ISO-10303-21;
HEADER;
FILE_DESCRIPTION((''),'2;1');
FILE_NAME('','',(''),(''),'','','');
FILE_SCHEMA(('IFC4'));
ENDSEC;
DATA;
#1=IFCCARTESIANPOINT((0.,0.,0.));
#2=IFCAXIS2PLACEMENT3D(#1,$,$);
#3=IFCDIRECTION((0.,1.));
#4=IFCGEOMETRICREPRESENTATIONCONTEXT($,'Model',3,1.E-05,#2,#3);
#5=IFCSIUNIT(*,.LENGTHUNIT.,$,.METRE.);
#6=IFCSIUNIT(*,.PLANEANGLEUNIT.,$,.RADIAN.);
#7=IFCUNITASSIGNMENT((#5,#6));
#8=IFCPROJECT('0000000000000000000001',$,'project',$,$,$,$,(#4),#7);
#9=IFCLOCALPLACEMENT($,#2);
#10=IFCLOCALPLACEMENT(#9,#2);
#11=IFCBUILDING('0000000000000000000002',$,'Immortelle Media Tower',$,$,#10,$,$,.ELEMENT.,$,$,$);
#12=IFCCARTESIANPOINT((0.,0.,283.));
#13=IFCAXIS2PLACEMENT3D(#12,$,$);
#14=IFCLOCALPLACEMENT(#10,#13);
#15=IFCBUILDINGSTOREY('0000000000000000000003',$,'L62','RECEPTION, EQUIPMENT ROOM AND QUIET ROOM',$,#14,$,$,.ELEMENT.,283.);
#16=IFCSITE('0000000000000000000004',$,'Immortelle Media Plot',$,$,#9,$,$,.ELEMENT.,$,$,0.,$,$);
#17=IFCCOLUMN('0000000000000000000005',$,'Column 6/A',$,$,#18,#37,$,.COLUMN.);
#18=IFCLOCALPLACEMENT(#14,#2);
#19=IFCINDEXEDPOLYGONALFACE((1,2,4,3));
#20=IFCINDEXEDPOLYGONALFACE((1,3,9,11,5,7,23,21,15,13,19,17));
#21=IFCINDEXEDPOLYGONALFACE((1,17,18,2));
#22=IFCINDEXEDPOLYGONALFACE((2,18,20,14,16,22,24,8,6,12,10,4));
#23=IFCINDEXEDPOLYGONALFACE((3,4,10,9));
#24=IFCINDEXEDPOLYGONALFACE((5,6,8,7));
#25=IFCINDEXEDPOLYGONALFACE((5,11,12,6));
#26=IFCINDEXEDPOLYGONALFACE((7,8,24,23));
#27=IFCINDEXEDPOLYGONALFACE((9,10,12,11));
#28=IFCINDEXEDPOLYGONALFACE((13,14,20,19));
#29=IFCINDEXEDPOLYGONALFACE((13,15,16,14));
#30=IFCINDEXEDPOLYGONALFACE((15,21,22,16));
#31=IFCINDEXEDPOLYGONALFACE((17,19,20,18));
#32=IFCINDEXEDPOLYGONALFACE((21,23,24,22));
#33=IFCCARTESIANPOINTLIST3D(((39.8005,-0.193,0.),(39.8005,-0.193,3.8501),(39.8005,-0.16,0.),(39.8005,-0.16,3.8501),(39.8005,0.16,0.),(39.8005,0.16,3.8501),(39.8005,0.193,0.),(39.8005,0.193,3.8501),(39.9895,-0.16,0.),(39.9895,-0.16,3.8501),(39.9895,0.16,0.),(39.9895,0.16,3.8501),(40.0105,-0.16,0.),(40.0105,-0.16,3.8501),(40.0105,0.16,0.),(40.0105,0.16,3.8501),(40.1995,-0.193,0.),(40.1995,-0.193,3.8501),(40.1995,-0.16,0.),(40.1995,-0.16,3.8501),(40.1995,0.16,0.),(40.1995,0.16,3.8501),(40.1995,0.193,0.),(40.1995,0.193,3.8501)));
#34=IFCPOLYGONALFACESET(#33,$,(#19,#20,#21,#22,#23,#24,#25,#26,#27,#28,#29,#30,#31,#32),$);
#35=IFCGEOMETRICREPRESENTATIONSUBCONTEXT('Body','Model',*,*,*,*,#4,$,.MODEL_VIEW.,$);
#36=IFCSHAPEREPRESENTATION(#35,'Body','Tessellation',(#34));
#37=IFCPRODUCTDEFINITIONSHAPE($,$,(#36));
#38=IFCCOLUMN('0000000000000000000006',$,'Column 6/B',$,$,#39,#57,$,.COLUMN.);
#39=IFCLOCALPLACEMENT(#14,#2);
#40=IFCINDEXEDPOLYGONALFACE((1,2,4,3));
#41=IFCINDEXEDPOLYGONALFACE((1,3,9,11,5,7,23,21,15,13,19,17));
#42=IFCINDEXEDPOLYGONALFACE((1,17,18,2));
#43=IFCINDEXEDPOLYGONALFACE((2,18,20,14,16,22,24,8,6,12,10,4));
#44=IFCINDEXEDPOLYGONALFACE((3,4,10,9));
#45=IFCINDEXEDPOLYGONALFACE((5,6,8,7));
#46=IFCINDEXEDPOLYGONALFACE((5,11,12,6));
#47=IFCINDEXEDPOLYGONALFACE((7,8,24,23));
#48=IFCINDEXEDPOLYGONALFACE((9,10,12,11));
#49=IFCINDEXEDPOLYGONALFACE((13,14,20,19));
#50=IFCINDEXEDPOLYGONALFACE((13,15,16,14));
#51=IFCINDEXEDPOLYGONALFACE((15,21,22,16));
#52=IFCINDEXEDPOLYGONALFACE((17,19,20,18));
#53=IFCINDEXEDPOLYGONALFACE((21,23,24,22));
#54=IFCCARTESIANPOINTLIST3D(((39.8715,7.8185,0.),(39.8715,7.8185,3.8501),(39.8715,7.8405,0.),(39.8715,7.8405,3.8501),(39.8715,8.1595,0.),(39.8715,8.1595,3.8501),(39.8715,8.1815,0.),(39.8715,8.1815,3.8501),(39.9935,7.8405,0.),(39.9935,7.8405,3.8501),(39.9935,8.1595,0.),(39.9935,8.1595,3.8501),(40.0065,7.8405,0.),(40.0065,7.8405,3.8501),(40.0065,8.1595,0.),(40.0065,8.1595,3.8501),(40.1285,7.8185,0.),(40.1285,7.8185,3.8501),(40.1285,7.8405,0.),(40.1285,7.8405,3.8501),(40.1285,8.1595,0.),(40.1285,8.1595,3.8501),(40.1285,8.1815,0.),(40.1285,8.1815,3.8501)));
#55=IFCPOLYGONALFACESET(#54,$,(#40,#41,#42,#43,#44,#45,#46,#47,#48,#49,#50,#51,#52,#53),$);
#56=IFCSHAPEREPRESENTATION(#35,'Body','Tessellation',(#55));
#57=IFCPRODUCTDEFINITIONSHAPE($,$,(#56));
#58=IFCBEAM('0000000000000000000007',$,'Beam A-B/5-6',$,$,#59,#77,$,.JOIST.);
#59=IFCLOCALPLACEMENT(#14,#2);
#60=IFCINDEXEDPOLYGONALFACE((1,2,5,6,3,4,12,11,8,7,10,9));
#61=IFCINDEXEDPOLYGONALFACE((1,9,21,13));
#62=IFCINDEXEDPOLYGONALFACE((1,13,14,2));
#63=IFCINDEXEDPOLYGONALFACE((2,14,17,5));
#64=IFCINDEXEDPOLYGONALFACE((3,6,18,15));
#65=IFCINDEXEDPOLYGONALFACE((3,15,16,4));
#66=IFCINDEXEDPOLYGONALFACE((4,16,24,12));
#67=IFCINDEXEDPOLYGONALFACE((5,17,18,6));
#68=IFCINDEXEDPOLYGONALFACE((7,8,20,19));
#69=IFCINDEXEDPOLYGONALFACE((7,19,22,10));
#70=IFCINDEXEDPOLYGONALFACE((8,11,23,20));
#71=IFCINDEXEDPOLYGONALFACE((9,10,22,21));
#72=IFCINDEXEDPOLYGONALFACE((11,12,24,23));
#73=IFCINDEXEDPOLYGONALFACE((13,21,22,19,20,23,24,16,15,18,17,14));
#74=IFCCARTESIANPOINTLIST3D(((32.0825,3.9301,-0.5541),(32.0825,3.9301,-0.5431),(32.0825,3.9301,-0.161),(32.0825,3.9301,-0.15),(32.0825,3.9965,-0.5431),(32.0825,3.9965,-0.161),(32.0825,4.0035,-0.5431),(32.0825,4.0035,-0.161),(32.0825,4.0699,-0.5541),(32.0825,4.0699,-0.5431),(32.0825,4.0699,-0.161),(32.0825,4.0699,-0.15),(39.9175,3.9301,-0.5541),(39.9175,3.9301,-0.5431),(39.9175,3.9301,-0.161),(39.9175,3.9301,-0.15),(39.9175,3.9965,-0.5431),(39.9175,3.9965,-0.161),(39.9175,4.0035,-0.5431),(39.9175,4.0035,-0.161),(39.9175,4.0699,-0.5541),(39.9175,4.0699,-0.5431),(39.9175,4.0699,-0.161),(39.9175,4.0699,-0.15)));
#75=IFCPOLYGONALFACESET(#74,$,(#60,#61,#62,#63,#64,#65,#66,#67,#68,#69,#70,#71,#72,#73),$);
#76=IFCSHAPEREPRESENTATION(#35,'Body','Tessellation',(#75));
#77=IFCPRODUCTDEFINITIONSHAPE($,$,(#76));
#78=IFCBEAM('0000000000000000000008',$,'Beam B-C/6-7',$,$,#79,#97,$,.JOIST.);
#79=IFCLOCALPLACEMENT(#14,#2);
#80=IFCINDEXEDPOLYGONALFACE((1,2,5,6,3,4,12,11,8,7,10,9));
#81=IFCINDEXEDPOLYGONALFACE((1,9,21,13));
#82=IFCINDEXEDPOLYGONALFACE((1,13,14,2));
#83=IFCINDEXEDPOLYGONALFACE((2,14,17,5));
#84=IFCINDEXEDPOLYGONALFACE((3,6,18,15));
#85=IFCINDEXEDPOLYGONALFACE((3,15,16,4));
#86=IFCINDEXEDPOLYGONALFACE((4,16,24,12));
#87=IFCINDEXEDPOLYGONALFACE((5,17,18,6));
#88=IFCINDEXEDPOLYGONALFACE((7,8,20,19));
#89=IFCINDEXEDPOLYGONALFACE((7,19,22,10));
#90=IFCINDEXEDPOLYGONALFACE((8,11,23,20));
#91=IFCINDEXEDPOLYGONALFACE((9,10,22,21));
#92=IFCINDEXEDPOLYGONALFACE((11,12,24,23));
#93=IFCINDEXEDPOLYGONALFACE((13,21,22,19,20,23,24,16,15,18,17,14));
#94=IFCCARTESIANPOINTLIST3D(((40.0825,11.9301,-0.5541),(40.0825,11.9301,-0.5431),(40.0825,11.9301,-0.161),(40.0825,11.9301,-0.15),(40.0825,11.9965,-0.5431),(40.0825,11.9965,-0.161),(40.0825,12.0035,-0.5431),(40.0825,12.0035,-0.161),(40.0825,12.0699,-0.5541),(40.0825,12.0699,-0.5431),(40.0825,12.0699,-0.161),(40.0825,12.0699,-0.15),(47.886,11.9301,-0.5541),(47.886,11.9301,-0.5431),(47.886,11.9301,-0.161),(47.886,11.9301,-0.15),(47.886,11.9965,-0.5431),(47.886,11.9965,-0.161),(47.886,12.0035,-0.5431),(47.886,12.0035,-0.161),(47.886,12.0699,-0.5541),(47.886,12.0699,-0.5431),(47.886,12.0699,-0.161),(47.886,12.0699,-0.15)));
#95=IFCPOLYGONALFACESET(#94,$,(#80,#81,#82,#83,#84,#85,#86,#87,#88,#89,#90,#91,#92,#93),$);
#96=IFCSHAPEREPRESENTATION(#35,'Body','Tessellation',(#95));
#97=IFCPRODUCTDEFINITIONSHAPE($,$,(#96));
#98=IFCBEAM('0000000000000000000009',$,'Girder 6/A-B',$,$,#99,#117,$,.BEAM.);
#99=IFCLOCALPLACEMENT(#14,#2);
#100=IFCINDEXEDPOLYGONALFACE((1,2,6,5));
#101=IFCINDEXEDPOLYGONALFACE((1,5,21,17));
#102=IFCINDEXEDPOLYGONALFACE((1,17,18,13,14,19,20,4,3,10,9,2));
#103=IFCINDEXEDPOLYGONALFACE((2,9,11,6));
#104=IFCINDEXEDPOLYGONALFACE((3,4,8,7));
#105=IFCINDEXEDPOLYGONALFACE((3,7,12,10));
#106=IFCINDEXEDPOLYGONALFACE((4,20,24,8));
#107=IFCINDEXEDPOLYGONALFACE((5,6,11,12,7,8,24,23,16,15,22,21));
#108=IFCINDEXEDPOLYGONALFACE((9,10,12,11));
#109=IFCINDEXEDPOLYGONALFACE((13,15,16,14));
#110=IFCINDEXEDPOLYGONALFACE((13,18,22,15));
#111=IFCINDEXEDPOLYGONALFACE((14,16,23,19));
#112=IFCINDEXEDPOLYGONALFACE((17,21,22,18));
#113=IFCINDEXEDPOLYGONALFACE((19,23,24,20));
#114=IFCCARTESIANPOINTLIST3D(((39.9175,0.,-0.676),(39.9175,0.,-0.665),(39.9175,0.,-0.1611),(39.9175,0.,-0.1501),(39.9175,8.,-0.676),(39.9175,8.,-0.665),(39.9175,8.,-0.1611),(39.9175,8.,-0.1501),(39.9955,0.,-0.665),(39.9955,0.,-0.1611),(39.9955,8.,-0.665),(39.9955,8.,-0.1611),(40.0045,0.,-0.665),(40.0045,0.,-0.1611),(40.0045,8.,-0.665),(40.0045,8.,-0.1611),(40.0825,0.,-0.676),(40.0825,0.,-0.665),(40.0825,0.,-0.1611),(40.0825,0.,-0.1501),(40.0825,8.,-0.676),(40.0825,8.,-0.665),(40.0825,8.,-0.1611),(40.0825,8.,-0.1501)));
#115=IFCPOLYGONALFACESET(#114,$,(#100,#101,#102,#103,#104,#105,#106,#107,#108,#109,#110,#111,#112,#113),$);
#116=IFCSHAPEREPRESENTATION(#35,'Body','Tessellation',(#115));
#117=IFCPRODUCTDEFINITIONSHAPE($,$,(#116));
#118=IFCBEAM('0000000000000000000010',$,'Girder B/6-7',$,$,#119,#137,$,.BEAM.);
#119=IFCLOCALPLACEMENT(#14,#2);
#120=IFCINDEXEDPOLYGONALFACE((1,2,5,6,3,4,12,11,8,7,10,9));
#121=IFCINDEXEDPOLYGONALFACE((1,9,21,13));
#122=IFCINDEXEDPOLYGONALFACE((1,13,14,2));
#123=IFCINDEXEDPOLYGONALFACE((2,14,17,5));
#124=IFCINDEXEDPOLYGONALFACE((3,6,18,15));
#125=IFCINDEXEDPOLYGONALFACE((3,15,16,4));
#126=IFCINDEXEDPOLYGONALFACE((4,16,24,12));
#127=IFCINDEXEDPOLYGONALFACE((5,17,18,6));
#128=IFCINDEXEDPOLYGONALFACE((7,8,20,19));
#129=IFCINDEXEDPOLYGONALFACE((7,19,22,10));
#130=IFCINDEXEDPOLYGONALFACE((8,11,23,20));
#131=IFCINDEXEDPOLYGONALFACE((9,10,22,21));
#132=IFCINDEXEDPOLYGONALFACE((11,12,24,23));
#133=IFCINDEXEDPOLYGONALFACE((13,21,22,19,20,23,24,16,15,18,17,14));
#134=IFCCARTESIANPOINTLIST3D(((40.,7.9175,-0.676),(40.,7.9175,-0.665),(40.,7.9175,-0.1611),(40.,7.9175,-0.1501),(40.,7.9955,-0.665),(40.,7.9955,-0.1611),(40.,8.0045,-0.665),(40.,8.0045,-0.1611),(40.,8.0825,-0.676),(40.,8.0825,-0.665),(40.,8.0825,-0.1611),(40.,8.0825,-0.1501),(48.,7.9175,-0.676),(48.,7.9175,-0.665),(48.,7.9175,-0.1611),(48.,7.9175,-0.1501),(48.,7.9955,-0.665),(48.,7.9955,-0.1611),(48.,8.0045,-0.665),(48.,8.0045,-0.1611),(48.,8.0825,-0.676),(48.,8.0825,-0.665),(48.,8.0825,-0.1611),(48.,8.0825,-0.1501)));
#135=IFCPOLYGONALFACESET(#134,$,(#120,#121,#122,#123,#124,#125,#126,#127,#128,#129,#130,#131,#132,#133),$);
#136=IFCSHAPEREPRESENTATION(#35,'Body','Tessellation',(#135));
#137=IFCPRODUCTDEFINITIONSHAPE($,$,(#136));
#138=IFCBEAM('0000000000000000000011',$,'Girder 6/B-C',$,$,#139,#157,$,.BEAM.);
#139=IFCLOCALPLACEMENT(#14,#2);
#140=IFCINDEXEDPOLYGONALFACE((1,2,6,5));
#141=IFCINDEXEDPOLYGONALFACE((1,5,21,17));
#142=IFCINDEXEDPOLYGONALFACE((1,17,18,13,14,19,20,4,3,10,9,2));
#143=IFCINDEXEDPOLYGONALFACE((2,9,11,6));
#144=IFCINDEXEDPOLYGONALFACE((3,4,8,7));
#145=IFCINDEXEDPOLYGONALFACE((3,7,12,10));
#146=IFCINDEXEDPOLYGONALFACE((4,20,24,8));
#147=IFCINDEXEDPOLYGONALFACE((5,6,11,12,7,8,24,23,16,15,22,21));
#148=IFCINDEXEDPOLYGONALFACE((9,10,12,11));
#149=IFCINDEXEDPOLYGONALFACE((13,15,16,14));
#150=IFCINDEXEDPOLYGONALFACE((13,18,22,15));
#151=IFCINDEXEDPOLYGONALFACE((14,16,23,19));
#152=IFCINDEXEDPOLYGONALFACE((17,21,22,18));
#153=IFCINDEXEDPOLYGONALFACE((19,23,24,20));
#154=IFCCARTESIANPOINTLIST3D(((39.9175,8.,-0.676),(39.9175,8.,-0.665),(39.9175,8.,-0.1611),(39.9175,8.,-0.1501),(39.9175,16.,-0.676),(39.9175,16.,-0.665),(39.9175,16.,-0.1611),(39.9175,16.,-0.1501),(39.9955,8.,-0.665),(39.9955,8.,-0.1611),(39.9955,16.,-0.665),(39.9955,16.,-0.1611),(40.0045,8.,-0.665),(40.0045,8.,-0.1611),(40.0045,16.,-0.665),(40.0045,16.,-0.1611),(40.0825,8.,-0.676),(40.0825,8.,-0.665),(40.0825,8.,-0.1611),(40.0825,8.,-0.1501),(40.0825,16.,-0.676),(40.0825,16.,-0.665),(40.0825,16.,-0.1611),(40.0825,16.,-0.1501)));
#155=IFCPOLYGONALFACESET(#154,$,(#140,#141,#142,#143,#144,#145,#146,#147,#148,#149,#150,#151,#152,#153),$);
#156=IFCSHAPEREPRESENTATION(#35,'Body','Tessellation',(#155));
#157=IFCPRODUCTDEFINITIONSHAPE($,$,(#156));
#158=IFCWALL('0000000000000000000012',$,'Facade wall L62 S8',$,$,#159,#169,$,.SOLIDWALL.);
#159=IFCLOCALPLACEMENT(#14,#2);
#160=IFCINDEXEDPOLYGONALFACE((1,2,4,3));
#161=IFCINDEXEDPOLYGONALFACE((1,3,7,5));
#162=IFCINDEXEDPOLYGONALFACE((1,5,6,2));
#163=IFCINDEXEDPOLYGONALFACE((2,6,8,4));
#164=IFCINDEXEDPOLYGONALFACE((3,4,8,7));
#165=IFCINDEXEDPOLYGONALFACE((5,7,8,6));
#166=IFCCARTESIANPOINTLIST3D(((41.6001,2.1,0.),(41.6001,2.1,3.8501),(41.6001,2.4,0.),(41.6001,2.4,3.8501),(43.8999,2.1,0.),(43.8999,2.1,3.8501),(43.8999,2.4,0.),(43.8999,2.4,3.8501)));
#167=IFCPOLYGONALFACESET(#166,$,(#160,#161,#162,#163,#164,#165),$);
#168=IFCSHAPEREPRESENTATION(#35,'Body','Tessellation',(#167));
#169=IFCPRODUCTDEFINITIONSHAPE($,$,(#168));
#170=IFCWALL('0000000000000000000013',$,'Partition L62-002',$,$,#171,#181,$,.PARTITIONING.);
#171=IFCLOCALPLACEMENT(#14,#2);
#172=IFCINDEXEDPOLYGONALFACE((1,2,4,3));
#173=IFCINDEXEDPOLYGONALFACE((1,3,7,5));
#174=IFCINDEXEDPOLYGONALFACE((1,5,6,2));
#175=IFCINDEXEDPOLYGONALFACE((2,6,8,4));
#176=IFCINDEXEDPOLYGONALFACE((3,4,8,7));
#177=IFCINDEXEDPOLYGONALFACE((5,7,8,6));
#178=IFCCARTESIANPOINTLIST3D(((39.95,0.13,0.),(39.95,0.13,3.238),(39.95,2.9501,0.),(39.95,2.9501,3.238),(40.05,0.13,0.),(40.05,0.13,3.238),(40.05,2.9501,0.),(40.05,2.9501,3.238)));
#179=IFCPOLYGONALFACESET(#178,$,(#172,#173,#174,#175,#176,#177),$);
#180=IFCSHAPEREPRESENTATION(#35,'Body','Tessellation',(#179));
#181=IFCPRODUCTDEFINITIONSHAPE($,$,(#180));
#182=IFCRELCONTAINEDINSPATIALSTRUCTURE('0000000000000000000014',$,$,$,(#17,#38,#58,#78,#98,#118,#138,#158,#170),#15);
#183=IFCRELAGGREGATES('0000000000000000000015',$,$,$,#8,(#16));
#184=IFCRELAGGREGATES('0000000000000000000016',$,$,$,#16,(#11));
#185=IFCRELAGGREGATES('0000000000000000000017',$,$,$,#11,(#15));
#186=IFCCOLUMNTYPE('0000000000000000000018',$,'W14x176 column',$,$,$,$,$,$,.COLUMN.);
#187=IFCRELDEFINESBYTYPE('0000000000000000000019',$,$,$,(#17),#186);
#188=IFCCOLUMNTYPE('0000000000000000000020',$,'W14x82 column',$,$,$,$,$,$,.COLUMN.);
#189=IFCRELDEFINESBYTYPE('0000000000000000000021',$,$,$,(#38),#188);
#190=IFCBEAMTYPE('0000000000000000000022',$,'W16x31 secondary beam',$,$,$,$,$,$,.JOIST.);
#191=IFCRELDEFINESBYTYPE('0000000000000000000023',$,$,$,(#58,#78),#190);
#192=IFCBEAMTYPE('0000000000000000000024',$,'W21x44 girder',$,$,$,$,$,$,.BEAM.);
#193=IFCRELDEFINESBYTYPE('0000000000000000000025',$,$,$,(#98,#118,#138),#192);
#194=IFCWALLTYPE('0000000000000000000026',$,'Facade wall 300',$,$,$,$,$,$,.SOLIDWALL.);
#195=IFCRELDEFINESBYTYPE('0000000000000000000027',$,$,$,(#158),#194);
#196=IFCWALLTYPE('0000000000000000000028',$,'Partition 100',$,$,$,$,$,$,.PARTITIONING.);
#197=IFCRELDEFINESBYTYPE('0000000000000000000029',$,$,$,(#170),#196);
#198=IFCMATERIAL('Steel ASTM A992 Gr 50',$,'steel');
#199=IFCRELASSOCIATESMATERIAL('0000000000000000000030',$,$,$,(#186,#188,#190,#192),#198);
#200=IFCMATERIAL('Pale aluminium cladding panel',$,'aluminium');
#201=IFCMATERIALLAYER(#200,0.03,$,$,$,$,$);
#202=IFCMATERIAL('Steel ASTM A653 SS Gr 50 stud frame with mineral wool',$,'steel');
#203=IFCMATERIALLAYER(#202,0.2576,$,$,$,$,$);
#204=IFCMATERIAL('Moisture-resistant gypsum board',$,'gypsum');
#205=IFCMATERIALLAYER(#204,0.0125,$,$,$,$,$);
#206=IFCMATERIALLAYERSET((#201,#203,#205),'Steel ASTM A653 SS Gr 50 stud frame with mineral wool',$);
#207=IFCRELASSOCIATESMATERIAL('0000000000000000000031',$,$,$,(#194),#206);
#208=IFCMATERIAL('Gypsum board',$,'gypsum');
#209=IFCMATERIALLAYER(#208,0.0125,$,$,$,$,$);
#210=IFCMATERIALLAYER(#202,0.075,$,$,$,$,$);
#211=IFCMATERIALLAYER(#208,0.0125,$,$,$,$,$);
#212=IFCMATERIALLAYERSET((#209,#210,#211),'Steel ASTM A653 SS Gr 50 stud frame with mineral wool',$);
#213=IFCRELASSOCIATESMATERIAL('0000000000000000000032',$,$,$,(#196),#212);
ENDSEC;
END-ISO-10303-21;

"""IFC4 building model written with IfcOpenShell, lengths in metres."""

from ifc_helpers import new_model, si_unit, direction, frame, frame_2d, origin, origin_2d, place, context, subcontext, project, spatial, rectangle, i_section, extrude, material, layer, layer_set, material_profile, profile_set, type_object, element, save


model = new_model("IFC4")

# Units and contexts
model_context = context("Model", 3, precision=1e-05, world=origin(), true_north=direction((0.0, 1.0)))
body_context = subcontext(model_context, "Body", "Model", "MODEL_VIEW")
ifc_project = project(units=[si_unit("LENGTHUNIT", "METRE"), si_unit("PLANEANGLEUNIT", "RADIAN")], contexts=[model_context])

# Site, building, storey
site_placement = place(None, origin())
site = spatial("IfcSite", under=ifc_project, at=site_placement, Name="Immortelle Media Plot", CompositionType="ELEMENT", RefElevation=0.0)
building_placement = place(site_placement, origin())
building = spatial("IfcBuilding", under=site, at=building_placement, Name="Immortelle Media Tower", CompositionType="ELEMENT")
storey_placement = place(building_placement, frame((0.0, 0.0, 283.0)))
storey = spatial("IfcBuildingStorey", under=building, at=storey_placement, Name="L62", Description="RECEPTION, EQUIPMENT ROOM AND QUIET ROOM", CompositionType="ELEMENT", Elevation=283.0)

# Columns
ifc_material_1 = material(Name="Steel ASTM A992 Gr 50", Category="steel")
ifc_material_profile_1 = material_profile(ifc_material_1, i_section(OverallWidth=0.3989, OverallDepth=0.386, WebThickness=0.021, FlangeThickness=0.033, at=origin_2d()), Name="W14x176")
ifc_profile_set_1 = profile_set([ifc_material_profile_1], Name="Steel ASTM A992 Gr 50")
column_type_1 = type_object("IfcColumnType", Name="W14x176 column", PredefinedType="COLUMN", material=ifc_profile_set_1)
column_1_placement = place(storey_placement, frame((40.0, 0.0, 0.0), z_axis=(0.0, 0.0, 1.0), x_axis=(1.0, 0.0, 0.0)))
element("IfcColumn", 1, at=column_1_placement, inside=storey, type_object=column_type_1, Name="Column 6/A", PredefinedType="COLUMN", context=body_context, shape_type="SweptSolid", body=[
    extrude(i_section(OverallWidth=0.3989, OverallDepth=0.386, WebThickness=0.021, FlangeThickness=0.033, at=origin_2d()), origin(), (0.0, 0.0, 1.0), 3.8501),
])
ifc_material_profile_2 = material_profile(ifc_material_1, i_section(OverallWidth=0.2571, OverallDepth=0.363, WebThickness=0.0129, FlangeThickness=0.022, at=origin_2d()), Name="W14x82")
ifc_profile_set_2 = profile_set([ifc_material_profile_2], Name="Steel ASTM A992 Gr 50")
column_type_2 = type_object("IfcColumnType", Name="W14x82 column", PredefinedType="COLUMN", material=ifc_profile_set_2)
column_2_placement = place(storey_placement, frame((40.0, 8.0, 0.0), z_axis=(0.0, 0.0, 1.0), x_axis=(1.0, 0.0, 0.0)))
element("IfcColumn", 2, at=column_2_placement, inside=storey, type_object=column_type_2, Name="Column 6/B", PredefinedType="COLUMN", context=body_context, shape_type="SweptSolid", body=[
    extrude(i_section(OverallWidth=0.2571, OverallDepth=0.363, WebThickness=0.0129, FlangeThickness=0.022, at=origin_2d()), origin(), (0.0, 0.0, 1.0), 3.8501),
])

# Beams
ifc_material_profile_3 = material_profile(ifc_material_1, i_section(OverallWidth=0.1399, OverallDepth=0.4041, WebThickness=0.0071, FlangeThickness=0.011, at=origin_2d()), Name="W16x31")
ifc_profile_set_3 = profile_set([ifc_material_profile_3], Name="Steel ASTM A992 Gr 50")
beam_type_1 = type_object("IfcBeamType", Name="W16x31 secondary beam", PredefinedType="JOIST", material=ifc_profile_set_3)
beam_1_placement = place(storey_placement, frame((32.0825, 4.0, -0.3521), z_axis=(1.0, 0.0, 0.0), x_axis=(0.0, 1.0, 0.0)))
element("IfcBeam", 3, at=beam_1_placement, inside=storey, type_object=beam_type_1, Name="Beam A-B/5-6", PredefinedType="JOIST", context=body_context, shape_type="SweptSolid", body=[
    extrude(i_section(OverallWidth=0.1399, OverallDepth=0.4041, WebThickness=0.0071, FlangeThickness=0.011, at=origin_2d()), origin(), (0.0, 0.0, 1.0), 7.835),
])
beam_2_placement = place(storey_placement, frame((40.0825, 12.0, -0.3521), z_axis=(1.0, 0.0, 0.0), x_axis=(0.0, 1.0, 0.0)))
element("IfcBeam", 4, at=beam_2_placement, inside=storey, type_object=beam_type_1, Name="Beam B-C/6-7", PredefinedType="JOIST", context=body_context, shape_type="SweptSolid", body=[
    extrude(i_section(OverallWidth=0.1399, OverallDepth=0.4041, WebThickness=0.0071, FlangeThickness=0.011, at=origin_2d()), origin(), (0.0, 0.0, 1.0), 7.8035),
])
ifc_material_profile_4 = material_profile(ifc_material_1, i_section(OverallWidth=0.165, OverallDepth=0.5259, WebThickness=0.009, FlangeThickness=0.011, at=origin_2d()), Name="W21x44")
ifc_profile_set_4 = profile_set([ifc_material_profile_4], Name="Steel ASTM A992 Gr 50")
beam_type_2 = type_object("IfcBeamType", Name="W21x44 girder", PredefinedType="BEAM", material=ifc_profile_set_4)
for number, where, z_axis, x_axis, name in (
    (5, (40.0, 0.0, -0.4131), (0.0, 1.0, 0.0), (-1.0, 0.0, 0.0), "Girder 6/A-B"),
    (6, (40.0, 8.0, -0.4131), (1.0, 0.0, 0.0), (0.0, 1.0, 0.0), "Girder B/6-7"),
    (7, (40.0, 8.0, -0.4131), (0.0, 1.0, 0.0), (-1.0, 0.0, 0.0), "Girder 6/B-C"),
):
    element("IfcBeam", number, at=place(storey_placement, frame(where, z_axis=z_axis, x_axis=x_axis)), inside=storey, type_object=beam_type_2, Name=name, PredefinedType="BEAM", context=body_context, shape_type="SweptSolid", body=[
        extrude(i_section(OverallWidth=0.165, OverallDepth=0.5259, WebThickness=0.009, FlangeThickness=0.011, at=origin_2d()), origin(), (0.0, 0.0, 1.0), 8.0),
    ])

# Walls
ifc_material_2 = material(Name="Pale aluminium cladding panel", Category="aluminium")
ifc_layer_1 = layer(ifc_material_2, 0.03)
ifc_material_3 = material(Name="Steel ASTM A653 SS Gr 50 stud frame with mineral wool", Category="steel")
ifc_layer_2 = layer(ifc_material_3, 0.2576)
ifc_material_4 = material(Name="Moisture-resistant gypsum board", Category="gypsum")
ifc_layer_3 = layer(ifc_material_4, 0.0125)
ifc_layer_set_1 = layer_set([ifc_layer_1, ifc_layer_2, ifc_layer_3], Name="Steel ASTM A653 SS Gr 50 stud frame with mineral wool")
wall_type_1 = type_object("IfcWallType", Name="Facade wall 300", PredefinedType="SOLIDWALL", material=ifc_layer_set_1)
wall_1_placement = place(storey_placement, frame((41.6001, 2.25, 0.0), z_axis=(0.0, 0.0, 1.0), x_axis=(1.0, 0.0, 0.0)))
element("IfcWall", 8, at=wall_1_placement, inside=storey, type_object=wall_type_1, Name="Facade wall L62 S8", PredefinedType="SOLIDWALL", context=body_context, shape_type="SweptSolid", body=[
    extrude(rectangle(XDim=2.2998, YDim=0.3, at=frame_2d((1.1499, 0.0))), origin(), (0.0, 0.0, 1.0), 3.8501),
])
ifc_material_5 = material(Name="Gypsum board", Category="gypsum")
ifc_layer_4 = layer(ifc_material_5, 0.0125)
ifc_layer_5 = layer(ifc_material_3, 0.075)
ifc_layer_6 = layer(ifc_material_5, 0.0125)
ifc_layer_set_2 = layer_set([ifc_layer_4, ifc_layer_5, ifc_layer_6], Name="Steel ASTM A653 SS Gr 50 stud frame with mineral wool")
wall_type_2 = type_object("IfcWallType", Name="Partition 100", PredefinedType="PARTITIONING", material=ifc_layer_set_2)
wall_2_placement = place(storey_placement, frame((40.0, 0.1299, 0.0), z_axis=(0.0, 0.0, 1.0), x_axis=(0.0, 1.0, 0.0)))
element("IfcWall", 9, at=wall_2_placement, inside=storey, type_object=wall_type_2, Name="Partition L62-002", PredefinedType="PARTITIONING", context=body_context, shape_type="SweptSolid", body=[
    extrude(rectangle(XDim=2.8201, YDim=0.1001, at=frame_2d((1.4102, 0.0))), origin(), (0.0, 0.0, 1.0), 3.238),
])

save(model, "model.ifc")
